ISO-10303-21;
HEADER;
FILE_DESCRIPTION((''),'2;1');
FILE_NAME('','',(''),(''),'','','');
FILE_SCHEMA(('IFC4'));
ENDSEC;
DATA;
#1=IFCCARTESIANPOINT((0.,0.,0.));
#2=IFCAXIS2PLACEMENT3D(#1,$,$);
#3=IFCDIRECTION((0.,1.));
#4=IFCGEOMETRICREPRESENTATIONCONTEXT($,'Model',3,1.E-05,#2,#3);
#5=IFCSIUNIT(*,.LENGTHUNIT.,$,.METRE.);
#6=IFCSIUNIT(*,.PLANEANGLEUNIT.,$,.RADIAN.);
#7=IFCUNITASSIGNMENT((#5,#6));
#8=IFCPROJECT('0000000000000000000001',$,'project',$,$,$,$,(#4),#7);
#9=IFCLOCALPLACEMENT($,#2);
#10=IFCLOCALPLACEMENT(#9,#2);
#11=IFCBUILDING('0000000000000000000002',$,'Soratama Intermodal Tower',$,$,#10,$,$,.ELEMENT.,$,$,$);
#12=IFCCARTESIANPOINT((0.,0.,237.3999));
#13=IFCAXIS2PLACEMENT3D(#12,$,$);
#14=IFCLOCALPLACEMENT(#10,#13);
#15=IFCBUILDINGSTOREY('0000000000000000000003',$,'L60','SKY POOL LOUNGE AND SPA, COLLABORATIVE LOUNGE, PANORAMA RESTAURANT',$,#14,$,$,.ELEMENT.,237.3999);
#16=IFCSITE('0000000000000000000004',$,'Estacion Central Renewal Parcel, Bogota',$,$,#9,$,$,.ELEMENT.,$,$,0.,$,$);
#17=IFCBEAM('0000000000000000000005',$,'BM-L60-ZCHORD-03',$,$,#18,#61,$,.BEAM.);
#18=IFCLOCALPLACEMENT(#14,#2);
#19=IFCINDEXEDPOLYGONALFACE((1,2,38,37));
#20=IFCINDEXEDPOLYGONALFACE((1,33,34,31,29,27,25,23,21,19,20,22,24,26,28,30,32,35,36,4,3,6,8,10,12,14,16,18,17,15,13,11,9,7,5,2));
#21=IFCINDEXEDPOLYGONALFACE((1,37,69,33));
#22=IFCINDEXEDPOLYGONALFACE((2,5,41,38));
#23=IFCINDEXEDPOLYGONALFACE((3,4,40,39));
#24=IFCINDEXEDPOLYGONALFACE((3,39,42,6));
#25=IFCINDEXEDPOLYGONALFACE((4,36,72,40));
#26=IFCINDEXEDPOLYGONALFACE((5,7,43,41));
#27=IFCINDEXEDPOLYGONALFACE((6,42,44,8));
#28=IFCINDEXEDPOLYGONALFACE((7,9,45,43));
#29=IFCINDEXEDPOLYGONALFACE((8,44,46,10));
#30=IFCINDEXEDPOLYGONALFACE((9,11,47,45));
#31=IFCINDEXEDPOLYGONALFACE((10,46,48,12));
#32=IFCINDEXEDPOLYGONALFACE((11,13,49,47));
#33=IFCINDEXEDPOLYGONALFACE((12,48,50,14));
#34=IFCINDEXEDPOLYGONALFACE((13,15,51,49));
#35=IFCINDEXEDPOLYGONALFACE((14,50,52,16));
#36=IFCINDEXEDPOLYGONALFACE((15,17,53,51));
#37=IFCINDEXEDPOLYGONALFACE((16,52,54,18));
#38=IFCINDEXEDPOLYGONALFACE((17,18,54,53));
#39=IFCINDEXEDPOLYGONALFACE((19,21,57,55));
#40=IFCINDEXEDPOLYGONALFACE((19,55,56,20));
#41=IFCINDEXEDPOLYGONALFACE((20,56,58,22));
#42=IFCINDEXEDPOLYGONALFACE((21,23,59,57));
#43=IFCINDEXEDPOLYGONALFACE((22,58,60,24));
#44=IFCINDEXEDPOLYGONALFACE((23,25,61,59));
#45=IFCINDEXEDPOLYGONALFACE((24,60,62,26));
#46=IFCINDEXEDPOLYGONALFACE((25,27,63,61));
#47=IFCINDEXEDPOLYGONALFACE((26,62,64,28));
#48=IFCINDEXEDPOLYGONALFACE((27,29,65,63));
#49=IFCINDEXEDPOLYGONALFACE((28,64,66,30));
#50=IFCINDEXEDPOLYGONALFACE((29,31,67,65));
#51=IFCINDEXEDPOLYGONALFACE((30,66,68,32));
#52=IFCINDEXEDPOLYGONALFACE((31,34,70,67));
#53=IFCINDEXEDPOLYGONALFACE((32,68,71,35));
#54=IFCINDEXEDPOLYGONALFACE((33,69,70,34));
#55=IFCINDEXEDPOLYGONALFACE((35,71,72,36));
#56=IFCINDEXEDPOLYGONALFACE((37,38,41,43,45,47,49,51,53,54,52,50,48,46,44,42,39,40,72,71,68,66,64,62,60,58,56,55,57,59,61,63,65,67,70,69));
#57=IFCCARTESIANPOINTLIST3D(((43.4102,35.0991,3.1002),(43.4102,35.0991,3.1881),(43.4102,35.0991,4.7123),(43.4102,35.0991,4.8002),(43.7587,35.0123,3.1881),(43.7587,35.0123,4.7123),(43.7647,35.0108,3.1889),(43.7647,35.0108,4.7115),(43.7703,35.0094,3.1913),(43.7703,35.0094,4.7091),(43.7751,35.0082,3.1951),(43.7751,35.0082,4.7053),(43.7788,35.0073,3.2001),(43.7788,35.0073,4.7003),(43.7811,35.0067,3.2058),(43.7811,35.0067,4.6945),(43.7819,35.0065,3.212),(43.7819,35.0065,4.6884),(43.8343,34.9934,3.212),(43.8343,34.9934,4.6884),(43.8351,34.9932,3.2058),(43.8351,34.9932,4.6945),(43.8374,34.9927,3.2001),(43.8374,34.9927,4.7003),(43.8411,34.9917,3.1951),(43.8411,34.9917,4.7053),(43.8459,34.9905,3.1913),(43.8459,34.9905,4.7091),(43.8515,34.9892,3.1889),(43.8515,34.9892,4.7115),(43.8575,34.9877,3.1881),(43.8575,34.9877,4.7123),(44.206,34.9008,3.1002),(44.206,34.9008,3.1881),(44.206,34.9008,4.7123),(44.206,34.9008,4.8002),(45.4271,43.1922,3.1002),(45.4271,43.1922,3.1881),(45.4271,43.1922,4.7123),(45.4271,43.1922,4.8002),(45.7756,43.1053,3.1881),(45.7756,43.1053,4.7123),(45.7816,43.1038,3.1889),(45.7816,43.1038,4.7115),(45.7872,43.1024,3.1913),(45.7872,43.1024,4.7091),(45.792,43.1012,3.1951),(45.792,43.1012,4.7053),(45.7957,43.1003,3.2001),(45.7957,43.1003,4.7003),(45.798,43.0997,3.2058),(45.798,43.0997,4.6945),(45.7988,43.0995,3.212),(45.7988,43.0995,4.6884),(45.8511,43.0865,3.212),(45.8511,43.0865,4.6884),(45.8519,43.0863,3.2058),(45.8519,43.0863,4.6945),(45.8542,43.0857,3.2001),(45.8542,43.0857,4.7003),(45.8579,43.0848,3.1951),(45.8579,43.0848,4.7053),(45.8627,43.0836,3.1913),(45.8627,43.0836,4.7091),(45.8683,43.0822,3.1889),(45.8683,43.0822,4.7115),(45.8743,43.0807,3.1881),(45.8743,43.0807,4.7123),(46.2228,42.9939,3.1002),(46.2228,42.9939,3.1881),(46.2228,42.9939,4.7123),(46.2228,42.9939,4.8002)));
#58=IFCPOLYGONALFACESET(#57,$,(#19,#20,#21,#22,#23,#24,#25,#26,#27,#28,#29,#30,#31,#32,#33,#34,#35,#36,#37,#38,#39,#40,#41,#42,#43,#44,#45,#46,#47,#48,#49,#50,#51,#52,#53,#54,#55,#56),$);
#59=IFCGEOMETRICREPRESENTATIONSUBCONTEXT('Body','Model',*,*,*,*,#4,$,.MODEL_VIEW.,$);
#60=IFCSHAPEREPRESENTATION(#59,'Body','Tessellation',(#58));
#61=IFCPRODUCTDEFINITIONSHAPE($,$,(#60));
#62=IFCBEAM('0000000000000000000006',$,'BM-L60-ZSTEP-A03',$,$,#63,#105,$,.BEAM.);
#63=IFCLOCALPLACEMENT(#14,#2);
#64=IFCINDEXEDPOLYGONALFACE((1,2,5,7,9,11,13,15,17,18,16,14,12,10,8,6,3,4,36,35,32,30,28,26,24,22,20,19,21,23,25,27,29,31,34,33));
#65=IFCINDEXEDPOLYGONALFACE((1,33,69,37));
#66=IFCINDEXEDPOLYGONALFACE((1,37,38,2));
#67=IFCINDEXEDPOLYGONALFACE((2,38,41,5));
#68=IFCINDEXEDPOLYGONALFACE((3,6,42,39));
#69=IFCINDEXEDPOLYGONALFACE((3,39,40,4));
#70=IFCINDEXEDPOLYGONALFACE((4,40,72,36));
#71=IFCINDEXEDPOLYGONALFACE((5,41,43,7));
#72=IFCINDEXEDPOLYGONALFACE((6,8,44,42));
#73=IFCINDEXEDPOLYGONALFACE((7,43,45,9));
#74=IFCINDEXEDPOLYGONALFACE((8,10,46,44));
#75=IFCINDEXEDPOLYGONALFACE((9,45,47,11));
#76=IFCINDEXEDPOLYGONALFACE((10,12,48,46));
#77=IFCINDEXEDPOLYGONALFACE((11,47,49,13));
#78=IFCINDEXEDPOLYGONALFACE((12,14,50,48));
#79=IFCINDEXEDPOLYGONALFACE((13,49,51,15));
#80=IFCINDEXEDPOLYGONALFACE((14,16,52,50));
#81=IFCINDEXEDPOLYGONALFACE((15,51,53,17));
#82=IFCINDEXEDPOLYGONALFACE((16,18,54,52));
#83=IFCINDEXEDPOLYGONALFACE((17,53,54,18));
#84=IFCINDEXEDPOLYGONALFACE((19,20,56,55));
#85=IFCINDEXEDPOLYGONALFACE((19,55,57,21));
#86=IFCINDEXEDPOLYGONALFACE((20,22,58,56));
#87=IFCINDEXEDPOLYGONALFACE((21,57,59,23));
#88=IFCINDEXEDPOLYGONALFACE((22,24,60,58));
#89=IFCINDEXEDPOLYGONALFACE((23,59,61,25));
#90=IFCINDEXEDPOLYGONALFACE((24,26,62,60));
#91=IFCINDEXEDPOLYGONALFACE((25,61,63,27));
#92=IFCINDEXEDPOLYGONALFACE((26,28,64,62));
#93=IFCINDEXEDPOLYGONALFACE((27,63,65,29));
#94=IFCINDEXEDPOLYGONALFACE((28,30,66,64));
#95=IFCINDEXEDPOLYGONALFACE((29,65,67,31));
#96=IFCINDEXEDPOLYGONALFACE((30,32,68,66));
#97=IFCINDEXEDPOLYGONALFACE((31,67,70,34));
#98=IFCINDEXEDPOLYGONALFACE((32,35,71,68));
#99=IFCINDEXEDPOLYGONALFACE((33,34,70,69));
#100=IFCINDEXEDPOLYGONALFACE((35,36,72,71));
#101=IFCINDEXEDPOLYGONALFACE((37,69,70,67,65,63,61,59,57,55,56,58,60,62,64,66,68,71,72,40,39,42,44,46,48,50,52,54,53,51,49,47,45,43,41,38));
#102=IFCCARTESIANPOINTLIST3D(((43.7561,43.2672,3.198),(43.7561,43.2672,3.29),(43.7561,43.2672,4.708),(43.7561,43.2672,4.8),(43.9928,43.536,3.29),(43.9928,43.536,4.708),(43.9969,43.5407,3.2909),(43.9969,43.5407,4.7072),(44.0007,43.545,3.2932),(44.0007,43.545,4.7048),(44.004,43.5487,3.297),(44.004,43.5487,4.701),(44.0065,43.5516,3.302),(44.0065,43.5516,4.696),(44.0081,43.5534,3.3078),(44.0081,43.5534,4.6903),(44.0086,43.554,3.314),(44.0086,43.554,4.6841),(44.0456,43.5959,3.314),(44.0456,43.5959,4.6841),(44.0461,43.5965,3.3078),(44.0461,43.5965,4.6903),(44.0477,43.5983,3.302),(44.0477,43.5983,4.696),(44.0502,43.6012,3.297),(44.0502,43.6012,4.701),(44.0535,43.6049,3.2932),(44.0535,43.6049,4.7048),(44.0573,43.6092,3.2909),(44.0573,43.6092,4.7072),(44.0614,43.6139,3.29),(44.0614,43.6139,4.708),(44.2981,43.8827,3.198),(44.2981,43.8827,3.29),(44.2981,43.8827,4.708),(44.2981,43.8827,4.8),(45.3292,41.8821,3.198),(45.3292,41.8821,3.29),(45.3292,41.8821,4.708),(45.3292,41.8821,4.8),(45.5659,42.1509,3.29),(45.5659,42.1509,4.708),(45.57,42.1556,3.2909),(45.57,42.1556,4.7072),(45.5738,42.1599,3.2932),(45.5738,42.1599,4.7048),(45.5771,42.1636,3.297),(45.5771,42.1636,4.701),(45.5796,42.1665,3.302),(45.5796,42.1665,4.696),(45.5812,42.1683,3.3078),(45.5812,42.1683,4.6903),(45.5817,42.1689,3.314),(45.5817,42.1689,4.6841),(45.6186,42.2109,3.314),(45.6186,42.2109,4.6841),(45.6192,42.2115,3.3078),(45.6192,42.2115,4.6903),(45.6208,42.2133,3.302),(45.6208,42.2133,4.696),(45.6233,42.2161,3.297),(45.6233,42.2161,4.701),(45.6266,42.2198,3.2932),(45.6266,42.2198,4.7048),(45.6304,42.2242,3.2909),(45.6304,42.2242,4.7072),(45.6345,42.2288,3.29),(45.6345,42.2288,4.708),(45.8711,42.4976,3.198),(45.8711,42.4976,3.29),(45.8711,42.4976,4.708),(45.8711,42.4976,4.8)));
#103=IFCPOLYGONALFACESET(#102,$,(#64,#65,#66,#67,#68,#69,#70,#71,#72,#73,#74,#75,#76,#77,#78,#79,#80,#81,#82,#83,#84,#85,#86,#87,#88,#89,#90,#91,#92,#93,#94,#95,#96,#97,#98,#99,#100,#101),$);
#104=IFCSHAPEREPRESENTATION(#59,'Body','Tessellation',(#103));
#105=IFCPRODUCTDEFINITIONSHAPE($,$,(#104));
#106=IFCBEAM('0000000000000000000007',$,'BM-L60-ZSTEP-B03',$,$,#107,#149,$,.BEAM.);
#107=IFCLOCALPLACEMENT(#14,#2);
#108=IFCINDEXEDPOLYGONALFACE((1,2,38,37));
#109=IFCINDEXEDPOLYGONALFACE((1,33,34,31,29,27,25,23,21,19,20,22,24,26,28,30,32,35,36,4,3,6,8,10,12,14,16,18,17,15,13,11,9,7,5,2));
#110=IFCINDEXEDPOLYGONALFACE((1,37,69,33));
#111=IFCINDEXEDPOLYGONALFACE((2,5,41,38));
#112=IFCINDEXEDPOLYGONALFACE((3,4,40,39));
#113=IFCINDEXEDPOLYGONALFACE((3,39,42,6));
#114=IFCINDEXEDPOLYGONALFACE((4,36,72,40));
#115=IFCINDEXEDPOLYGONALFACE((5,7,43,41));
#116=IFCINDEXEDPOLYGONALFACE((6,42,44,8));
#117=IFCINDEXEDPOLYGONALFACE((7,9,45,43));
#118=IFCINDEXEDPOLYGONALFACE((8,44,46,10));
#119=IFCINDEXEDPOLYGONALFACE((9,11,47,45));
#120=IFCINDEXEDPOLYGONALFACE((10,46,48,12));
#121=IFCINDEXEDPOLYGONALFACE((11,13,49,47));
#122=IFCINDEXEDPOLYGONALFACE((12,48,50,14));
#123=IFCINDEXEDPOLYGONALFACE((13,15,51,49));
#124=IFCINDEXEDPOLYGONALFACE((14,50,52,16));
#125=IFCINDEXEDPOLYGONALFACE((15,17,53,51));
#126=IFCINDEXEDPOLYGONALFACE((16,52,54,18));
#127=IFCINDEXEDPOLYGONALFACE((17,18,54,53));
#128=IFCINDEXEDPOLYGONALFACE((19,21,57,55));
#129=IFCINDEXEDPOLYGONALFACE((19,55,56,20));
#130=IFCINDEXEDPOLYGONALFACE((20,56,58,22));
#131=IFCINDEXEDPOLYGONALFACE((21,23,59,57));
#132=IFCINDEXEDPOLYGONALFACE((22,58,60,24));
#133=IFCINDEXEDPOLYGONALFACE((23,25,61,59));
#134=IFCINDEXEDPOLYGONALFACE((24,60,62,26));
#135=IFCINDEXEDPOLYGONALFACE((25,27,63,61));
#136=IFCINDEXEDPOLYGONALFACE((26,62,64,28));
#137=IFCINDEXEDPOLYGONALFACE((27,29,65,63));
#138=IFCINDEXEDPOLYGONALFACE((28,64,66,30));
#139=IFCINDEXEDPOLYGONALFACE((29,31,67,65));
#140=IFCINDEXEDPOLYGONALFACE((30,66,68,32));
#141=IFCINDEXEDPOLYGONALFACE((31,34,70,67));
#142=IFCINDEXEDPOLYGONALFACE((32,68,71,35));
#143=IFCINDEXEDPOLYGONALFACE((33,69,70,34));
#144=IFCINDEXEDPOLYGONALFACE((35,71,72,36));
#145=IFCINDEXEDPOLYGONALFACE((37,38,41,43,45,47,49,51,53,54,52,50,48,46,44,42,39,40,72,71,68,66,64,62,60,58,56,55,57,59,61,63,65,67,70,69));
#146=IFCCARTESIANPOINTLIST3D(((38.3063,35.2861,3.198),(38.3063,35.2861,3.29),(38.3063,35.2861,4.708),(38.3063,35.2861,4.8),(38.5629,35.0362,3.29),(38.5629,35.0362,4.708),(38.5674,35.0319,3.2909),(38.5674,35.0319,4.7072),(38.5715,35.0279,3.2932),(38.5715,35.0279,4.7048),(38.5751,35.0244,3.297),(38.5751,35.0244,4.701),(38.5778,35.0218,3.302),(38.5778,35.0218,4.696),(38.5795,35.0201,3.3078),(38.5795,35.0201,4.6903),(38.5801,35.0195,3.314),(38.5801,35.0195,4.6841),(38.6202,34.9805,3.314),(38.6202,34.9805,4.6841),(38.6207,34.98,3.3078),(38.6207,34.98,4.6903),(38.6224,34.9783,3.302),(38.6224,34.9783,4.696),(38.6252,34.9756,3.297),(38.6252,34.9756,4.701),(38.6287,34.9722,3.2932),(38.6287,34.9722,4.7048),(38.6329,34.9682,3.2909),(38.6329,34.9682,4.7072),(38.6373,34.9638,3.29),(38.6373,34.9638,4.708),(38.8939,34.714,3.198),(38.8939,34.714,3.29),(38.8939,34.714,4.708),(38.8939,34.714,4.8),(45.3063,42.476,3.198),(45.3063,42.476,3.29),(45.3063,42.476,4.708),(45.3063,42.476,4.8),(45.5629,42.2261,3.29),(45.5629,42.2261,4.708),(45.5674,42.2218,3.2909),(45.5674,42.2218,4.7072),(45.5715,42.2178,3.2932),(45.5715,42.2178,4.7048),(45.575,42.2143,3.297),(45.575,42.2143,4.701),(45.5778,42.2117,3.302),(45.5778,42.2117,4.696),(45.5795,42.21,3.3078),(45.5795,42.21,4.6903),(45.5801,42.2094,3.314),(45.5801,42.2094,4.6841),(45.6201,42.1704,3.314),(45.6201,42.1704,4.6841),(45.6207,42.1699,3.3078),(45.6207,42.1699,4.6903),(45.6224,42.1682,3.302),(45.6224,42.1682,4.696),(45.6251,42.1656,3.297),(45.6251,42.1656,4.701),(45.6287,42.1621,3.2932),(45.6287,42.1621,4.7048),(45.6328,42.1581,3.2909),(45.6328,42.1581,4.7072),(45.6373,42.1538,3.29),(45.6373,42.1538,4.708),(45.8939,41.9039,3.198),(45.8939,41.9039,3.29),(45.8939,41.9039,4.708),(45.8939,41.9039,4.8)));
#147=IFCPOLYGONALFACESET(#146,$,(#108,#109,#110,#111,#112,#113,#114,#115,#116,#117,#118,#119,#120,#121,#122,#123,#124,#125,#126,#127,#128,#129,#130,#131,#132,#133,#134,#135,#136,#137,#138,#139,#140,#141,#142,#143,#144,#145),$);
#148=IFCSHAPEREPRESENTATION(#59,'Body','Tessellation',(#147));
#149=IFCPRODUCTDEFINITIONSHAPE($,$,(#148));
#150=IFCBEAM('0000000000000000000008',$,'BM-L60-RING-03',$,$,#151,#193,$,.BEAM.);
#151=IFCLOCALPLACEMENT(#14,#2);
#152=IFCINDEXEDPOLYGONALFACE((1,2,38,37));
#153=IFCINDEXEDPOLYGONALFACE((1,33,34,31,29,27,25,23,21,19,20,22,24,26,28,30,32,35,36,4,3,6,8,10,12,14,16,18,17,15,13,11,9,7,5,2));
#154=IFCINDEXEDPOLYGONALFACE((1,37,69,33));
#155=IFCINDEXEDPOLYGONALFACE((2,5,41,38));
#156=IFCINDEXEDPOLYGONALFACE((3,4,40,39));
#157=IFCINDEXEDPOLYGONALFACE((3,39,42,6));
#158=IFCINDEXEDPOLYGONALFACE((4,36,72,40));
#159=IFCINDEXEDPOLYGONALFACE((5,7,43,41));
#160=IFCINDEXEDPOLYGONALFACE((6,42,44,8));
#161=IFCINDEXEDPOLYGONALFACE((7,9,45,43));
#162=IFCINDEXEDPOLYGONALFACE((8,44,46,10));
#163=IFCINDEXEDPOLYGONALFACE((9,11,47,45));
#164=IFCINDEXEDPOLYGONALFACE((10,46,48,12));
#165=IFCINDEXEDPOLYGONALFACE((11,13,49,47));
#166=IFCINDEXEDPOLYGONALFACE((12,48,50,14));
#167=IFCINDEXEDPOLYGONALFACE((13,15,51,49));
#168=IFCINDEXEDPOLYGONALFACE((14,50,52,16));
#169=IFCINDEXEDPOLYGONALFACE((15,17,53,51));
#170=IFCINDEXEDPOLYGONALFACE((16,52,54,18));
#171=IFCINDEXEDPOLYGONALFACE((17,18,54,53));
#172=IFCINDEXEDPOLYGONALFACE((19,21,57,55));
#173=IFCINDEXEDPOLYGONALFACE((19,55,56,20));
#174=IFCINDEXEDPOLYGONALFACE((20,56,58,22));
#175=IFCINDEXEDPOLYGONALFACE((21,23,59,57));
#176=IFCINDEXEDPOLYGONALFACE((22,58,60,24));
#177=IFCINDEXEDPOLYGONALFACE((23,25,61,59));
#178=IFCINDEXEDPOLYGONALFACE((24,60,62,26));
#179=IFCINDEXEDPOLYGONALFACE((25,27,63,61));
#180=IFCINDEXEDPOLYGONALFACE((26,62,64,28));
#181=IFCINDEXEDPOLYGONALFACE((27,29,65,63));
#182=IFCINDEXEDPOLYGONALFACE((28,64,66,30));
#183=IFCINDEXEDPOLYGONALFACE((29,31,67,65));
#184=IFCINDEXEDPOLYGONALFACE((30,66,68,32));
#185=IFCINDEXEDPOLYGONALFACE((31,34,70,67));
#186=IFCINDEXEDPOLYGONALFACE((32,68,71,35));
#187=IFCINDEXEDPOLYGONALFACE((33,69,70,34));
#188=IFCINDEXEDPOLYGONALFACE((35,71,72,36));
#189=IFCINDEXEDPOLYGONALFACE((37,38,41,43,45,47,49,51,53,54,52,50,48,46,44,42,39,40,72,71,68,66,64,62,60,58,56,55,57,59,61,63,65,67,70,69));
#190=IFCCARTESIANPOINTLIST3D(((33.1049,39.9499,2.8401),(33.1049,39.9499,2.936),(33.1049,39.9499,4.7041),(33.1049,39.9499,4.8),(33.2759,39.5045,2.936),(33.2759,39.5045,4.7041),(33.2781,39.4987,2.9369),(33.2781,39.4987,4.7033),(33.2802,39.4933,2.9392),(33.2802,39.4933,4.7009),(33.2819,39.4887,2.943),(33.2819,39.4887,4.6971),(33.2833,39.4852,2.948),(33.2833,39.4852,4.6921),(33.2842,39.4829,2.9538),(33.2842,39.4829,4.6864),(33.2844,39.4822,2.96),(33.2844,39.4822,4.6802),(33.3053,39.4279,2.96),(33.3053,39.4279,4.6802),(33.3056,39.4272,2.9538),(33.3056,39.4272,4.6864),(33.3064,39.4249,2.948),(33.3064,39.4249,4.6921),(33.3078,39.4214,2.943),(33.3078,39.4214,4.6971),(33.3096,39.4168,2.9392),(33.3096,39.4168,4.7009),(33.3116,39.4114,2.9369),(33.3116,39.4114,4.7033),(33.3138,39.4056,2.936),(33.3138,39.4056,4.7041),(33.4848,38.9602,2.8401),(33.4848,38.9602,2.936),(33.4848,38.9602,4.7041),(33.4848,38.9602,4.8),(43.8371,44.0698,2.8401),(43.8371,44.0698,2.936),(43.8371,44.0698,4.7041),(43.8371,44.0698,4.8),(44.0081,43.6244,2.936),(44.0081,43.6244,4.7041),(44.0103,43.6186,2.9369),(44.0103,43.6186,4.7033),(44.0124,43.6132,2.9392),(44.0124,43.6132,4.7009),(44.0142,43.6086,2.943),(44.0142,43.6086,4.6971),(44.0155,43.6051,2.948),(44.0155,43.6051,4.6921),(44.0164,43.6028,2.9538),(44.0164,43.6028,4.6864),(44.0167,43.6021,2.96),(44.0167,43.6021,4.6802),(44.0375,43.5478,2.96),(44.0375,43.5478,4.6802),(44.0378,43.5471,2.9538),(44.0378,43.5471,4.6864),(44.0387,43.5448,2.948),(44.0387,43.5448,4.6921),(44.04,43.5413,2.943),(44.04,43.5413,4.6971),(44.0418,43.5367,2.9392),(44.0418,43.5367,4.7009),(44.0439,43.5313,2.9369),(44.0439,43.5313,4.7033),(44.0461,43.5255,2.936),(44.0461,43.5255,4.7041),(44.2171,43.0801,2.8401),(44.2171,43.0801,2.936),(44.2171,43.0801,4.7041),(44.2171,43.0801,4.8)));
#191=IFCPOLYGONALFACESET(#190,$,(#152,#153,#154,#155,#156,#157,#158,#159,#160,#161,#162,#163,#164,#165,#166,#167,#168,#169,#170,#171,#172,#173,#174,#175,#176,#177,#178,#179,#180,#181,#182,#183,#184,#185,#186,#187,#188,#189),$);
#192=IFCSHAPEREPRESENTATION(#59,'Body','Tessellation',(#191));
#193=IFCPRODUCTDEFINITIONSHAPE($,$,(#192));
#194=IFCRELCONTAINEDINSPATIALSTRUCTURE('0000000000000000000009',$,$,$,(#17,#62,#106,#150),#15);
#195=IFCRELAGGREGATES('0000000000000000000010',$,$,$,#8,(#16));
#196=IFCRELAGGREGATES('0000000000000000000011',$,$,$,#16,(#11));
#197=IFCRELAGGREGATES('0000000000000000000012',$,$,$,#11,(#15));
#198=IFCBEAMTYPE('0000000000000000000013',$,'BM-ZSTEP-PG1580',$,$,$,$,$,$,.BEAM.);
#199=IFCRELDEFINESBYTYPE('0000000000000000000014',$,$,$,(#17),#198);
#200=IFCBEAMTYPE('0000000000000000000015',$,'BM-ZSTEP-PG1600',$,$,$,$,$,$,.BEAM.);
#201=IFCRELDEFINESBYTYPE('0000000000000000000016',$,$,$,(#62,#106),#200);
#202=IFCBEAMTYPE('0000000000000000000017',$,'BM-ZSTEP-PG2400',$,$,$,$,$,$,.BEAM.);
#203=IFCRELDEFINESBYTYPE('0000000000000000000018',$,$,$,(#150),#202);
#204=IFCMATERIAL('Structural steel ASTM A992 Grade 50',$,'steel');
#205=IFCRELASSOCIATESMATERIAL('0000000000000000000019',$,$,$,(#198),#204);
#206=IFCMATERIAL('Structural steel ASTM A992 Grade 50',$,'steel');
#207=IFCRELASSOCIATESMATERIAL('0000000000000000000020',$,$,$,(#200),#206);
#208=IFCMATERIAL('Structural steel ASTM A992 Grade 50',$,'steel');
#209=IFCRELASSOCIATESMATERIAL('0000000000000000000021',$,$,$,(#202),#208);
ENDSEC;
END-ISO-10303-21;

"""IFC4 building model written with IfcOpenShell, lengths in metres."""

from ifc_helpers import new_model, si_unit, direction, frame, origin, origin_2d, place, context, subcontext, project, spatial, i_section, extrude, material, material_profile, profile_set, type_object, element, save


model = new_model("IFC4")

# Units and contexts
model_context = context("Model", 3, precision=1e-05, world=origin(), true_north=direction((0.0, 1.0)))
body_context = subcontext(model_context, "Body", "Model", "MODEL_VIEW")
ifc_project = project(units=[si_unit("LENGTHUNIT", "METRE"), si_unit("PLANEANGLEUNIT", "RADIAN")], contexts=[model_context])

# Site, building, storey
site_placement = place(None, origin())
site = spatial("IfcSite", under=ifc_project, at=site_placement, Name="Estacion Central Renewal Parcel, Bogota", CompositionType="ELEMENT", RefElevation=0.0)
building_placement = place(site_placement, origin())
building = spatial("IfcBuilding", under=site, at=building_placement, Name="Soratama Intermodal Tower", CompositionType="ELEMENT")
storey_placement = place(building_placement, frame((0.0, 0.0, 237.3999)))
storey = spatial("IfcBuildingStorey", under=building, at=storey_placement, Name="L60", Description="SKY POOL LOUNGE AND SPA, COLLABORATIVE LOUNGE, PANORAMA RESTAURANT", CompositionType="ELEMENT", Elevation=237.3999)

# Beams
ifc_material_1 = material(Name="Structural steel ASTM A992 Grade 50", Category="steel")
ifc_material_profile_1 = material_profile(ifc_material_1, i_section(OverallWidth=0.8201, OverallDepth=1.7, WebThickness=0.054, FlangeThickness=0.0879, FilletRadius=0.0239, at=origin_2d()), Name="PG1580X800")
ifc_profile_set_1 = profile_set([ifc_material_profile_1], Name="Structural steel ASTM A992 Grade 50")
beam_type_1 = type_object("IfcBeamType", Name="BM-ZSTEP-PG1580", PredefinedType="BEAM", material=ifc_profile_set_1)
beam_1_placement = place(storey_placement, frame((45.825, 43.093, 3.9502), z_axis=(-0.241812, -0.970323, 0.0), x_axis=(0.970323, -0.241812, 0.0)))
element("IfcBeam", 1, at=beam_1_placement, inside=storey, type_object=beam_type_1, Name="BM-L60-ZCHORD-03", PredefinedType="BEAM", context=body_context, shape_type="SweptSolid", body=[
    extrude(i_section(OverallWidth=0.8201, OverallDepth=1.7, WebThickness=0.054, FlangeThickness=0.0879, FilletRadius=0.0239, at=origin_2d()), origin(), (0.0, 0.0, 1.0), 8.3406),
])
ifc_material_2 = material(Name="Structural steel ASTM A992 Grade 50", Category="steel")
ifc_material_profile_2 = material_profile(ifc_material_2, i_section(OverallWidth=0.8201, OverallDepth=1.6021, WebThickness=0.0559, FlangeThickness=0.092, FilletRadius=0.0239, at=origin_2d()), Name="PG1600X650")
ifc_profile_set_2 = profile_set([ifc_material_profile_2], Name="Structural steel ASTM A992 Grade 50")
beam_type_2 = type_object("IfcBeamType", Name="BM-ZSTEP-PG1600", PredefinedType="BEAM", material=ifc_profile_set_2)
beam_2_placement = place(storey_placement, frame((44.0271, 43.575, 3.999), z_axis=(0.750531, -0.660835, 0.0), x_axis=(0.660835, 0.750531, 0.0)))
element("IfcBeam", 2, at=beam_2_placement, inside=storey, type_object=beam_type_2, Name="BM-L60-ZSTEP-A03", PredefinedType="BEAM", context=body_context, shape_type="SweptSolid", body=[
    extrude(i_section(OverallWidth=0.8201, OverallDepth=1.6021, WebThickness=0.0559, FlangeThickness=0.092, FilletRadius=0.0239, at=origin_2d()), origin(), (0.0, 0.0, 1.0), 2.0959),
])
beam_3_placement = place(storey_placement, frame((45.6001, 42.1899, 3.999), z_axis=(-0.697579, -0.716508, 0.0), x_axis=(0.716508, -0.697579, 0.0)))
element("IfcBeam", 3, at=beam_3_placement, inside=storey, type_object=beam_type_2, Name="BM-L60-ZSTEP-B03", PredefinedType="BEAM", context=body_context, shape_type="SweptSolid", body=[
    extrude(i_section(OverallWidth=0.8201, OverallDepth=1.6021, WebThickness=0.0559, FlangeThickness=0.092, FilletRadius=0.0239, at=origin_2d()), origin(), (0.0, 0.0, 1.0), 10.0347),
])
ifc_material_3 = material(Name="Structural steel ASTM A992 Grade 50", Category="steel")
ifc_material_profile_3 = material_profile(ifc_material_3, i_section(OverallWidth=1.0601, OverallDepth=1.96, WebThickness=0.0581, FlangeThickness=0.0959, FilletRadius=0.0239, at=origin_2d()), Name="PG2400X900")
ifc_profile_set_3 = profile_set([ifc_material_profile_3], Name="Structural steel ASTM A992 Grade 50")
beam_type_3 = type_object("IfcBeamType", Name="BM-ZSTEP-PG2400", PredefinedType="BEAM", material=ifc_profile_set_3)
beam_4_placement = place(storey_placement, frame((44.0271, 43.575, 3.8201), z_axis=(-0.933575, -0.358381, 0.0), x_axis=(0.358381, -0.933575, 0.0)))
element("IfcBeam", 4, at=beam_4_placement, inside=storey, type_object=beam_type_3, Name="BM-L60-RING-03", PredefinedType="BEAM", context=body_context, shape_type="SweptSolid", body=[
    extrude(i_section(OverallWidth=1.0601, OverallDepth=1.96, WebThickness=0.0581, FlangeThickness=0.0959, FilletRadius=0.0239, at=origin_2d()), origin(), (0.0, 0.0, 1.0), 11.4958),
])

save(model, "model.ifc")
